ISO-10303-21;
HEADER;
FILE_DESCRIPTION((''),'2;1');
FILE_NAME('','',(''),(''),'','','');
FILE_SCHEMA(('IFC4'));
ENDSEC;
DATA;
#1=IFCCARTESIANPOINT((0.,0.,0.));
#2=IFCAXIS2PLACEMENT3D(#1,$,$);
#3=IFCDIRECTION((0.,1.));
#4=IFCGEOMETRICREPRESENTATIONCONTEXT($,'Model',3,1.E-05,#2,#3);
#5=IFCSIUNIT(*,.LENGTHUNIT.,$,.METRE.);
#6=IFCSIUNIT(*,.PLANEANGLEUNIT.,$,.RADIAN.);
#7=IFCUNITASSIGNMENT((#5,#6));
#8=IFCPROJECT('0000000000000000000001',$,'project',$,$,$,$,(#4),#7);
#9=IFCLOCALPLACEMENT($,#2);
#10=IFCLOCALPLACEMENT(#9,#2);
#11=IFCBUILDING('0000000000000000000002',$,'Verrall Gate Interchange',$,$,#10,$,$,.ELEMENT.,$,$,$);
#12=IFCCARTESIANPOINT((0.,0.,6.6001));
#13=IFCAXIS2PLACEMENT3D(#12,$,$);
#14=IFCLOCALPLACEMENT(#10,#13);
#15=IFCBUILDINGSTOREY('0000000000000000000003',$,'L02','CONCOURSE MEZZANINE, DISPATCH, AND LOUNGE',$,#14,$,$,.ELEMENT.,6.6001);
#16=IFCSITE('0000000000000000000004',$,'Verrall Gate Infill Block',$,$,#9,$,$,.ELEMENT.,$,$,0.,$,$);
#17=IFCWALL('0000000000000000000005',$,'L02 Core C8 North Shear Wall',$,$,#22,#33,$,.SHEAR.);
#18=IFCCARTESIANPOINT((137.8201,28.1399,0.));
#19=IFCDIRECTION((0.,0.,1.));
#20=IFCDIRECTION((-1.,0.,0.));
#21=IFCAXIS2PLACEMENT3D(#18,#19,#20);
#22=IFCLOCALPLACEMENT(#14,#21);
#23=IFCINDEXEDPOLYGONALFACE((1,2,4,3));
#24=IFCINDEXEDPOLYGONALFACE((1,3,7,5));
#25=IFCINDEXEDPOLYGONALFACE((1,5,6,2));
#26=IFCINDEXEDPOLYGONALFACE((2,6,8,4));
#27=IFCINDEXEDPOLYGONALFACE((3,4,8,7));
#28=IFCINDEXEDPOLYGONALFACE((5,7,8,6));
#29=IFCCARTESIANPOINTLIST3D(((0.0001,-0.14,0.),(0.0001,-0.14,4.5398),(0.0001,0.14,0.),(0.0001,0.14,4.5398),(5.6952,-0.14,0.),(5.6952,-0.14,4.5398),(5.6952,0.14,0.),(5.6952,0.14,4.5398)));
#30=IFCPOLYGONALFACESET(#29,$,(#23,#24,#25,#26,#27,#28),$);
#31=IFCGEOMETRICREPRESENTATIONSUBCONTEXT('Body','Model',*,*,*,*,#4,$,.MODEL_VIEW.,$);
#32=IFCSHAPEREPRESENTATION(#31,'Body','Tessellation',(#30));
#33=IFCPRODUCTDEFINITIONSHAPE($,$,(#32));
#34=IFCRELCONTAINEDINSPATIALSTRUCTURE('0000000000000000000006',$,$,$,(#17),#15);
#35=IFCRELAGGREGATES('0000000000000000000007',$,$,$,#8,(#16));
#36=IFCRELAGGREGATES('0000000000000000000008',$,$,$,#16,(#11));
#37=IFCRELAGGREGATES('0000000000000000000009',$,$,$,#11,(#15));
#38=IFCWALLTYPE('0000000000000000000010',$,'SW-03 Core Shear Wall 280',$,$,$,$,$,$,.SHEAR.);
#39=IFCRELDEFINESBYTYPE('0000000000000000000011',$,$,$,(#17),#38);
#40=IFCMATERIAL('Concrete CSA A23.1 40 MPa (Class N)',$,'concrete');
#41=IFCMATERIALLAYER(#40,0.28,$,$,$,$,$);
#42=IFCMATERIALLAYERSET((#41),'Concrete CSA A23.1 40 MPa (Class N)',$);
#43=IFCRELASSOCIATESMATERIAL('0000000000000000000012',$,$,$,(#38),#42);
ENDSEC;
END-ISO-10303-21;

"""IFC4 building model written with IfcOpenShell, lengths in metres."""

from ifc_helpers import new_model, si_unit, direction, frame, frame_2d, origin, place, context, subcontext, project, spatial, rectangle, extrude, material, layer, layer_set, type_object, element, save


model = new_model("IFC4")

# Units and contexts
model_context = context("Model", 3, precision=1e-05, world=origin(), true_north=direction((0.0, 1.0)))
body_context = subcontext(model_context, "Body", "Model", "MODEL_VIEW")
ifc_project = project(units=[si_unit("LENGTHUNIT", "METRE"), si_unit("PLANEANGLEUNIT", "RADIAN")], contexts=[model_context])

# Site, building, storey
site_placement = place(None, origin())
site = spatial("IfcSite", under=ifc_project, at=site_placement, Name="Verrall Gate Infill Block", CompositionType="ELEMENT", RefElevation=0.0)
building_placement = place(site_placement, origin())
building = spatial("IfcBuilding", under=site, at=building_placement, Name="Verrall Gate Interchange", CompositionType="ELEMENT")
storey_placement = place(building_placement, frame((0.0, 0.0, 6.6001)))
storey = spatial("IfcBuildingStorey", under=building, at=storey_placement, Name="L02", Description="CONCOURSE MEZZANINE, DISPATCH, AND LOUNGE", CompositionType="ELEMENT", Elevation=6.6001)

# Wall
ifc_material_1 = material(Name="Concrete CSA A23.1 40 MPa (Class N)", Category="concrete")
ifc_layer = layer(ifc_material_1, 0.28)
ifc_layer_set = layer_set([ifc_layer], Name="Concrete CSA A23.1 40 MPa (Class N)")
wall_type = type_object("IfcWallType", Name="SW-03 Core Shear Wall 280", PredefinedType="SHEAR", material=ifc_layer_set)
wall_placement = place(storey_placement, frame((137.8201, 28.1399, 0.0), z_axis=(0.0, 0.0, 1.0), x_axis=(-1.0, 0.0, 0.0)))
element("IfcWall", 1, at=wall_placement, inside=storey, type_object=wall_type, Name="L02 Core C8 North Shear Wall", PredefinedType="SHEAR", context=body_context, shape_type="SweptSolid", body=[
    extrude(rectangle(XDim=5.6951, YDim=0.28, at=frame_2d((2.8477, 0.0))), origin(), (0.0, 0.0, 1.0), 4.5398),
])

save(model, "model.ifc")
